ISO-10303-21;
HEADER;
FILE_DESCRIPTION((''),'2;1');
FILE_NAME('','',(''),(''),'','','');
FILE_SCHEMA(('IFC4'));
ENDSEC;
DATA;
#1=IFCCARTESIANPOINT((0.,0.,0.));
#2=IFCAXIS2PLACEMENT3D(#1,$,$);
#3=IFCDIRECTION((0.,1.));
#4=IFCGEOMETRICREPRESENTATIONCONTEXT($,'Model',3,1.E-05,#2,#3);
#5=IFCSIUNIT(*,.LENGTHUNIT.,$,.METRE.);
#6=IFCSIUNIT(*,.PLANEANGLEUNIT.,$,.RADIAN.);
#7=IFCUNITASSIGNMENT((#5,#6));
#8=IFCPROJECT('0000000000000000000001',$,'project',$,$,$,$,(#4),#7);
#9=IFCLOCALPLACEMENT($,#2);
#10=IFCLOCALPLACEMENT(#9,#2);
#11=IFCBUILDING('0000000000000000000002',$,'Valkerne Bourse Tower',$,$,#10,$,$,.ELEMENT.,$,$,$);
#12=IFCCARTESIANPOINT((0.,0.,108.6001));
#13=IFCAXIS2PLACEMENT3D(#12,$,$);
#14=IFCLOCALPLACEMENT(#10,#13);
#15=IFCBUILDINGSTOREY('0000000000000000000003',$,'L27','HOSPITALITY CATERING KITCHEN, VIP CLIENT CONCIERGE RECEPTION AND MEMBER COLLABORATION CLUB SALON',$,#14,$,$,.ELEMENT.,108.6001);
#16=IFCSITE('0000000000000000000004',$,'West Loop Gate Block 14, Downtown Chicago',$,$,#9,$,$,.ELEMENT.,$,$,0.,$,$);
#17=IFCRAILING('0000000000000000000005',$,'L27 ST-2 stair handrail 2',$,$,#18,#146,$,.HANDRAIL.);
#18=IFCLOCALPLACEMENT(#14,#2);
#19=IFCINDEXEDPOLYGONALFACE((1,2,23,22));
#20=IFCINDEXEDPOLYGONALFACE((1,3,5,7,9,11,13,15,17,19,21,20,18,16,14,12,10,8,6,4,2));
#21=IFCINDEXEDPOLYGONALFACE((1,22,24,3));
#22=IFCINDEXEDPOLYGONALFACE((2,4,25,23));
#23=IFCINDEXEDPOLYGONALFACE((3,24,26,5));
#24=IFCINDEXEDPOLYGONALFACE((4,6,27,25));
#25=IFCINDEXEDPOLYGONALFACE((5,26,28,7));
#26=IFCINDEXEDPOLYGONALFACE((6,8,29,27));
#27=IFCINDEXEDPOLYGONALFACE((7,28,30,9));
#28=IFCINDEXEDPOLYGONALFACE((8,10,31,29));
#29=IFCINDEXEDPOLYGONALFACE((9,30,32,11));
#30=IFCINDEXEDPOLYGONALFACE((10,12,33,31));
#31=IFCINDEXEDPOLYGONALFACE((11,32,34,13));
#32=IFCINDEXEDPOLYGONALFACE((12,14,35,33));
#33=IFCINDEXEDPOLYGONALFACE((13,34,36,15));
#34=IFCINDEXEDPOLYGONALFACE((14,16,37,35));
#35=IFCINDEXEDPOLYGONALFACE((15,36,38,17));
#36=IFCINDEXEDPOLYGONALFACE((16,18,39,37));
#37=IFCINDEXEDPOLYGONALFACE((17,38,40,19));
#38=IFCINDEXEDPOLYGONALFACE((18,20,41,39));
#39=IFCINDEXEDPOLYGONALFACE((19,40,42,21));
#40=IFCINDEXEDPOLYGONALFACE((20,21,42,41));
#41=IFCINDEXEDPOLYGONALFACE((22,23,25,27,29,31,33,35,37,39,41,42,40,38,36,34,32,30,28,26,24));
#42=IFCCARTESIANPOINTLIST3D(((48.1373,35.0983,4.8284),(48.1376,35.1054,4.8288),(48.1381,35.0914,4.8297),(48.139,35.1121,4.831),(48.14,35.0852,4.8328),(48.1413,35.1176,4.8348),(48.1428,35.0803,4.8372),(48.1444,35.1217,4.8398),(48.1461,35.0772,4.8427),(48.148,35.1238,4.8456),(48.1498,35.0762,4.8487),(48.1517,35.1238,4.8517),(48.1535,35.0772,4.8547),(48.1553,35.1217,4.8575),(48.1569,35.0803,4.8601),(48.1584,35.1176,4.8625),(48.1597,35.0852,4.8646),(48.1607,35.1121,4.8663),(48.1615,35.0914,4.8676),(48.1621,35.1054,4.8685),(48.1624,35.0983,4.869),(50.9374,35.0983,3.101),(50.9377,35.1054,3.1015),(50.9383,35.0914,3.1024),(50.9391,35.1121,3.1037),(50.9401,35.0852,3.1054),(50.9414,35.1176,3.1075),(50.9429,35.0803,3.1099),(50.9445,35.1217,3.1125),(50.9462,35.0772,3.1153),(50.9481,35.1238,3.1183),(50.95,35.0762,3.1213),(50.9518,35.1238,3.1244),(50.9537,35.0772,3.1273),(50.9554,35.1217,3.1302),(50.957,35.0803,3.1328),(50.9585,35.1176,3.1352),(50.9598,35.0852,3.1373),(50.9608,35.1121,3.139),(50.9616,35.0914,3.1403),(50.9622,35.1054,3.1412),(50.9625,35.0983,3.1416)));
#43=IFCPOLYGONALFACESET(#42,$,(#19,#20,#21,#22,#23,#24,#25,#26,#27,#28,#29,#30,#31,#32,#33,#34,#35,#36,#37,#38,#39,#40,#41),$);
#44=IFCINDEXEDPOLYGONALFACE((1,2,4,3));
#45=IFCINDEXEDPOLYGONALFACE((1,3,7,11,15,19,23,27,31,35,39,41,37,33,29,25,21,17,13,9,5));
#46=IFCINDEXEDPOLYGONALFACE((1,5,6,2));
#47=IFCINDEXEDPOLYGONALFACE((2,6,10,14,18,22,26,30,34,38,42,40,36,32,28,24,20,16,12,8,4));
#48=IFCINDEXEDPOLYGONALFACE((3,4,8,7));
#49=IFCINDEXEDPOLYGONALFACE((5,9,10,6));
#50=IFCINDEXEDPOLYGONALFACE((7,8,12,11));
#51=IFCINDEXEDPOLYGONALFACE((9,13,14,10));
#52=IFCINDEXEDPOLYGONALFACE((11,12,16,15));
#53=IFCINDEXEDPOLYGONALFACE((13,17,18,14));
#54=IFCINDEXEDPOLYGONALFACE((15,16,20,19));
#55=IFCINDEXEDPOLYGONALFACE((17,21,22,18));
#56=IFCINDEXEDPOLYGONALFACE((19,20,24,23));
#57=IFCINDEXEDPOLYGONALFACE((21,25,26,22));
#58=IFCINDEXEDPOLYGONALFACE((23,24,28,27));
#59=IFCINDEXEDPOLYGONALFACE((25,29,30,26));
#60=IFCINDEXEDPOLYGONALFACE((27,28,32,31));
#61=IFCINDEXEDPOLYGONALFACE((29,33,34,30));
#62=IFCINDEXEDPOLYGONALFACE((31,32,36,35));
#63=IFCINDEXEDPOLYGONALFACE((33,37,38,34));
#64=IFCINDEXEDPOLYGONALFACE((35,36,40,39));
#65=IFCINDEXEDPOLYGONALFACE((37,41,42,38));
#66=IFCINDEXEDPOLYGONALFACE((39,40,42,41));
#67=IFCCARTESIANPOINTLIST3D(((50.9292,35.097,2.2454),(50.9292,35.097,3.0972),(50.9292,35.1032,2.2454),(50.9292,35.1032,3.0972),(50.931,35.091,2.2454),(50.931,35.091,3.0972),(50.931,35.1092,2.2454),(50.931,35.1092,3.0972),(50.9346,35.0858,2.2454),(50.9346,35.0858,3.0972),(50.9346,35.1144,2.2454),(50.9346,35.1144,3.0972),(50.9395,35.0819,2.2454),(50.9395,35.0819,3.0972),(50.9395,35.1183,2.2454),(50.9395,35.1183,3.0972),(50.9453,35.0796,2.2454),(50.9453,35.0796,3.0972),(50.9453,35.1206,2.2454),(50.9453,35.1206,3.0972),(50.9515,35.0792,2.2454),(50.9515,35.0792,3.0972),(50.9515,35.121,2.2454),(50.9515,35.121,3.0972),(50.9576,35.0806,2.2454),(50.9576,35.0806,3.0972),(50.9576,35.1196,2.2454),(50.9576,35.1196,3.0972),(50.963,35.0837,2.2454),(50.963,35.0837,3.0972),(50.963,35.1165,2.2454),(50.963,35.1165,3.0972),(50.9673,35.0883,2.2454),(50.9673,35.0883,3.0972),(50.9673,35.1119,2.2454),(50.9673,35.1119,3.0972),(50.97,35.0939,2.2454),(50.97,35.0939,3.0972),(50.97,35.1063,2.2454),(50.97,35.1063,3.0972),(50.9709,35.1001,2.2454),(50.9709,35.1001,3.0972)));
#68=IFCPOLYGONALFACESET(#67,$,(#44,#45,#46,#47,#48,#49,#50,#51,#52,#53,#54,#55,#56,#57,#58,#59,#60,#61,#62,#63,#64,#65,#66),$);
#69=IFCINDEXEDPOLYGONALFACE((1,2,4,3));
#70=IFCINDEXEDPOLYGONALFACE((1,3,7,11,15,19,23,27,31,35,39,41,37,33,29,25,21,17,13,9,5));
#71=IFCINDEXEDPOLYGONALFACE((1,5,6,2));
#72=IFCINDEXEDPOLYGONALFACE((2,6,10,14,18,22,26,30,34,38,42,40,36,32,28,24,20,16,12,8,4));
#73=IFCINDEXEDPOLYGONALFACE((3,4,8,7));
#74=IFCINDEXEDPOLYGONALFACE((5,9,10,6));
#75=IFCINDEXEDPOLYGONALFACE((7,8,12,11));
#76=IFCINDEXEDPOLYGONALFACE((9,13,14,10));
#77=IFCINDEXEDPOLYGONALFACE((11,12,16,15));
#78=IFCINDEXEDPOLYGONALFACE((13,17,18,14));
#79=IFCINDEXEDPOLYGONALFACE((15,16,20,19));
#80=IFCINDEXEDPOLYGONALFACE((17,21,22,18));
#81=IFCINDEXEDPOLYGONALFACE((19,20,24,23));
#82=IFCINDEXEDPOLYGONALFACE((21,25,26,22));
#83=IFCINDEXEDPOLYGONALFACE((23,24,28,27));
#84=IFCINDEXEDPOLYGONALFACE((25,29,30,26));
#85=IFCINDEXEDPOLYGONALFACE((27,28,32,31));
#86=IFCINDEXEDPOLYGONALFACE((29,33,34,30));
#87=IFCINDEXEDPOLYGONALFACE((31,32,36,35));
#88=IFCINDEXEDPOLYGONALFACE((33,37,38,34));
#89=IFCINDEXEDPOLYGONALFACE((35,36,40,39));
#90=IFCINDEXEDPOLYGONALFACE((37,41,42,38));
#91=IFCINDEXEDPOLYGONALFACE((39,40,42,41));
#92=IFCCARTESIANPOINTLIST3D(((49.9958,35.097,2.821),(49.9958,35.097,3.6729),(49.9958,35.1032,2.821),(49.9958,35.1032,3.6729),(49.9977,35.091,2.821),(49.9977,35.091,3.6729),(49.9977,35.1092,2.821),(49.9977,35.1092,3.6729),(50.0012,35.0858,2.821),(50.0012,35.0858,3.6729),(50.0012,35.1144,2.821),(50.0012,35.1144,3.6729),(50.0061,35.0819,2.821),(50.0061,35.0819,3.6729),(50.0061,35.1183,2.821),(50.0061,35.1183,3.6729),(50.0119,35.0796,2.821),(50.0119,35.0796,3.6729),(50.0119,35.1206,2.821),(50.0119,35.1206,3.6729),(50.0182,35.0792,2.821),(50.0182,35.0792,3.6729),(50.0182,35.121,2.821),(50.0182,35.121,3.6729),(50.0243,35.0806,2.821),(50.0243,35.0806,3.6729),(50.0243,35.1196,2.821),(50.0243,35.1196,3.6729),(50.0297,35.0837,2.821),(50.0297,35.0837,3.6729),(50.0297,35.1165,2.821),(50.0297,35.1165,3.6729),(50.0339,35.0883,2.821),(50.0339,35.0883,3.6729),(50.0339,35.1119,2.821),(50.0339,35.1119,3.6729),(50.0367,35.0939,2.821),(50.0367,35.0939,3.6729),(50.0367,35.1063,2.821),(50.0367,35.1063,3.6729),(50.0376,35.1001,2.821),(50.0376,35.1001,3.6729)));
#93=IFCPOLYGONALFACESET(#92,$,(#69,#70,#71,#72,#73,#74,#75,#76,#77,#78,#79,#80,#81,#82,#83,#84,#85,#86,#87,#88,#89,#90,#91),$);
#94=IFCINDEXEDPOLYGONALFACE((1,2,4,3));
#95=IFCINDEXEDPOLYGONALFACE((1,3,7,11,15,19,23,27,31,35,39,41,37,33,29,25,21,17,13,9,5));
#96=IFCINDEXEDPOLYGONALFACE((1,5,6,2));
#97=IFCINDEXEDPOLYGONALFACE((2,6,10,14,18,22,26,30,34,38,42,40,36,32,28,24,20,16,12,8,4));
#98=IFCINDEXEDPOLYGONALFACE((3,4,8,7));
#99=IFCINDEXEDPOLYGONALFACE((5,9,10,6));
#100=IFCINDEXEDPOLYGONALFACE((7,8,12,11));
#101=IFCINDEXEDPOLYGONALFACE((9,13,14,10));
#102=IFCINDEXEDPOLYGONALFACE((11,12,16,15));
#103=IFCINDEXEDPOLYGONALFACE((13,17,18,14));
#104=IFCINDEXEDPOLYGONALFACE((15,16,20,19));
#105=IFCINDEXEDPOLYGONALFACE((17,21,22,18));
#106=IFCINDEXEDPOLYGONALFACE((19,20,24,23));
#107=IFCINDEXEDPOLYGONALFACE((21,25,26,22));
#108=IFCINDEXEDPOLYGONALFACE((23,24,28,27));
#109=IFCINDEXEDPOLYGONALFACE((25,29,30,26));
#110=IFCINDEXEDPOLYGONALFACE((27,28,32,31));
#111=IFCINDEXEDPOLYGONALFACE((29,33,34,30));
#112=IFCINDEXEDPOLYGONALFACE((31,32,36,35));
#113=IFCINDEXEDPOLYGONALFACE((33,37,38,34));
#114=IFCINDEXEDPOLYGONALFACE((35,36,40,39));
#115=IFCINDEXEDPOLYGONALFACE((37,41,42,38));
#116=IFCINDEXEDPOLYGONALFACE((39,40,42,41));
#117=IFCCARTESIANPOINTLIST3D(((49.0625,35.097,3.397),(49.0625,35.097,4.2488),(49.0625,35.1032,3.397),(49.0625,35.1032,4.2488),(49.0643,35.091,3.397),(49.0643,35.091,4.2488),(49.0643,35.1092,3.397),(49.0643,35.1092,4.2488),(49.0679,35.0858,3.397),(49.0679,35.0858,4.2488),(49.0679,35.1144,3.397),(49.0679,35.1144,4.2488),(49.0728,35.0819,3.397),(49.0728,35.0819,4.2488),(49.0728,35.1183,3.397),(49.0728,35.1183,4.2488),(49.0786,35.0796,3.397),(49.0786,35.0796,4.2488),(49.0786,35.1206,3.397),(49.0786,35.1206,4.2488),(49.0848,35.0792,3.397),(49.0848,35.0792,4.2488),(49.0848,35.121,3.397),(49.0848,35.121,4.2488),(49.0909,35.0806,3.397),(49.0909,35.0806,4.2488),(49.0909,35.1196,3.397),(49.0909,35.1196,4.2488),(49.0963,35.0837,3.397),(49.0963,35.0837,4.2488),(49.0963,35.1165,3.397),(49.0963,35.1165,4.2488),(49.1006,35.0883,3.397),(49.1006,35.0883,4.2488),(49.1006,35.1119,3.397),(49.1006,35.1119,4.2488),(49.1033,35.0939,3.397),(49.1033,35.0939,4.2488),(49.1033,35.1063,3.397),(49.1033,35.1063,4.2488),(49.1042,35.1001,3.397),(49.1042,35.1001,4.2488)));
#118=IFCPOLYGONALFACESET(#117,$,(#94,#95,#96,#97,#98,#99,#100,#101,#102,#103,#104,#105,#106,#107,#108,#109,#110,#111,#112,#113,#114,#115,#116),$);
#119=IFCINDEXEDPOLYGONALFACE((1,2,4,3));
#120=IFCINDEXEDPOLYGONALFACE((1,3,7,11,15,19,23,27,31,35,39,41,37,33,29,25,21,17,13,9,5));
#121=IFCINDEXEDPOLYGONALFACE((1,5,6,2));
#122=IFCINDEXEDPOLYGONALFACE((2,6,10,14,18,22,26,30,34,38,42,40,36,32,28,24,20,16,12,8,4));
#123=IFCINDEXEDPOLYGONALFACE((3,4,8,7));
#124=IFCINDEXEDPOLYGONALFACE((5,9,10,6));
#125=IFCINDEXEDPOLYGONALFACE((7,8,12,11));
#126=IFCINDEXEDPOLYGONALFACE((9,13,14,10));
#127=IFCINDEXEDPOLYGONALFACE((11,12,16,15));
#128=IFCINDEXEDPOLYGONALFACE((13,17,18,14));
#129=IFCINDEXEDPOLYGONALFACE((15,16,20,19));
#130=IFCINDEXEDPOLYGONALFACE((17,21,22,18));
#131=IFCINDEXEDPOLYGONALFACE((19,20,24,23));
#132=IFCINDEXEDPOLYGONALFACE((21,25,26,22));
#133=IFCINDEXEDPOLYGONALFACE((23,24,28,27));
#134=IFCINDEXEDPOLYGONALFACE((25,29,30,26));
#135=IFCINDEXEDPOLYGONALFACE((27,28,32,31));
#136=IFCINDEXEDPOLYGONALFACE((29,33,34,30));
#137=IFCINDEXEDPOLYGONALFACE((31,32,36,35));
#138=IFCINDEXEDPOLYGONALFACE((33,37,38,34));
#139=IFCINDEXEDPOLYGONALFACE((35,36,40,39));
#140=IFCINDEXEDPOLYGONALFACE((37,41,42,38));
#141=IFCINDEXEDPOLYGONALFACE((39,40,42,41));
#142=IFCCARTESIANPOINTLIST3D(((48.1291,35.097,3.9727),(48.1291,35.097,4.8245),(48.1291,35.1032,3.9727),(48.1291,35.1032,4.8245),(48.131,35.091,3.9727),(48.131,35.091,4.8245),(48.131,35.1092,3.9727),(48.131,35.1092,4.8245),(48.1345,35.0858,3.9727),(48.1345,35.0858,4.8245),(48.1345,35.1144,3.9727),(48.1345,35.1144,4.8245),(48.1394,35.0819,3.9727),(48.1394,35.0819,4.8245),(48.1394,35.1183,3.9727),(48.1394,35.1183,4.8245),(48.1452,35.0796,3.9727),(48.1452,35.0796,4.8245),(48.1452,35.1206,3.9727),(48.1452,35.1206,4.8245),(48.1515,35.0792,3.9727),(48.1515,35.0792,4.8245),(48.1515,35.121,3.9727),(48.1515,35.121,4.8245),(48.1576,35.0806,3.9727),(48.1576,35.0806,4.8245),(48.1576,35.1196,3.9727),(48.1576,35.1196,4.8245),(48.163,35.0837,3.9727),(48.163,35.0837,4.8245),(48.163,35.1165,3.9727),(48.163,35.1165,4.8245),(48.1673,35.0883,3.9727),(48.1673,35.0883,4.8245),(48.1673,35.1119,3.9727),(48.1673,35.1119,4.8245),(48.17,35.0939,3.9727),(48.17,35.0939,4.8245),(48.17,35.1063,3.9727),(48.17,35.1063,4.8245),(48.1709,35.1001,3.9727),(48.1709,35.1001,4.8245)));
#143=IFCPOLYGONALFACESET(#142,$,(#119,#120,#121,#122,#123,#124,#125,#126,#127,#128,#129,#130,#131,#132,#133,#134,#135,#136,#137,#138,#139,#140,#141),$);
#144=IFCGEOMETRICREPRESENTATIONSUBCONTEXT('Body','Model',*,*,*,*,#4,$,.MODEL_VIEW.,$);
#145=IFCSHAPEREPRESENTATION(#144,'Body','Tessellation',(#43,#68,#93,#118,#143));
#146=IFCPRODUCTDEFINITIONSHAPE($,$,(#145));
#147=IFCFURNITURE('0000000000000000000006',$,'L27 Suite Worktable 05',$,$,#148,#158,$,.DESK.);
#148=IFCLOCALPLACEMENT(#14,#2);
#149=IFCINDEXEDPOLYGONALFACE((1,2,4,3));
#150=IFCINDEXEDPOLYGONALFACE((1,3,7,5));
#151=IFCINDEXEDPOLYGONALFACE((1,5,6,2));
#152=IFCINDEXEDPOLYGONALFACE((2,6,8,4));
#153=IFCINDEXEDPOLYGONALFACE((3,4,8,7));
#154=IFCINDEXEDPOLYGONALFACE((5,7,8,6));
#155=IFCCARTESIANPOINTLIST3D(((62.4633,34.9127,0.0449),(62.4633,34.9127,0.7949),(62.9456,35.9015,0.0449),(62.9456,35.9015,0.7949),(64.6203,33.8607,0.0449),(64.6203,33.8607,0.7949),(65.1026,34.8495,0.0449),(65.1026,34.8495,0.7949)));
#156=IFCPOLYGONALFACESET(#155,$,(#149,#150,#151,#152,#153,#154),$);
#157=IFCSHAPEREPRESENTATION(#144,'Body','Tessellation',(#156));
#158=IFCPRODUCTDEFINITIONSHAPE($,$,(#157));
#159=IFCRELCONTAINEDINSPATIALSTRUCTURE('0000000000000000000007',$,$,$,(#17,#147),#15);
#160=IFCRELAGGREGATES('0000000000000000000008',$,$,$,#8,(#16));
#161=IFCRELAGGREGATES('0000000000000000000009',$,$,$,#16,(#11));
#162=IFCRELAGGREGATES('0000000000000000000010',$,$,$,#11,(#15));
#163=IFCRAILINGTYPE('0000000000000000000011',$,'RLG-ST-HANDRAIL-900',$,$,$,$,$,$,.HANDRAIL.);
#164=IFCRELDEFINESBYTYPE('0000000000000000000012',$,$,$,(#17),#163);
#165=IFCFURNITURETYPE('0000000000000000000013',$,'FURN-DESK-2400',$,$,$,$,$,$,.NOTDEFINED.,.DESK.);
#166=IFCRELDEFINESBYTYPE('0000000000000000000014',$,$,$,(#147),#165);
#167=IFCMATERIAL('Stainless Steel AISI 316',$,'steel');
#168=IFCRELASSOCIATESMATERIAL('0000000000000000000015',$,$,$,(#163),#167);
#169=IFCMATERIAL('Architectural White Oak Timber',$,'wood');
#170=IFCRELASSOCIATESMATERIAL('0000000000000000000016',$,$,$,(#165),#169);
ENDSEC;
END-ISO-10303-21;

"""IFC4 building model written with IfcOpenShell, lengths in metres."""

from ifc_helpers import new_model, si_unit, direction, frame, origin, origin_2d, place, context, subcontext, project, spatial, rectangle, circle, extrude, material, type_object, element, save


model = new_model("IFC4")

# Units and contexts
model_context = context("Model", 3, precision=1e-05, world=origin(), true_north=direction((0.0, 1.0)))
body_context = subcontext(model_context, "Body", "Model", "MODEL_VIEW")
ifc_project = project(units=[si_unit("LENGTHUNIT", "METRE"), si_unit("PLANEANGLEUNIT", "RADIAN")], contexts=[model_context])

# Site, building, storey
site_placement = place(None, origin())
site = spatial("IfcSite", under=ifc_project, at=site_placement, Name="West Loop Gate Block 14, Downtown Chicago", CompositionType="ELEMENT", RefElevation=0.0)
building_placement = place(site_placement, origin())
building = spatial("IfcBuilding", under=site, at=building_placement, Name="Valkerne Bourse Tower", CompositionType="ELEMENT")
storey_placement = place(building_placement, frame((0.0, 0.0, 108.6001)))
storey = spatial("IfcBuildingStorey", under=building, at=storey_placement, Name="L27", Description="HOSPITALITY CATERING KITCHEN, VIP CLIENT CONCIERGE RECEPTION AND MEMBER COLLABORATION CLUB SALON", CompositionType="ELEMENT", Elevation=108.6001)

# Shared definitions
ifc_material_1 = material(Name="Architectural White Oak Timber", Category="wood")

# Railing
ifc_material_2 = material(Name="Stainless Steel AISI 316", Category="steel")
railing_type_1 = type_object("IfcRailingType", Name="RLG-ST-HANDRAIL-900", PredefinedType="HANDRAIL", material=ifc_material_2)
railing_1_placement = place(storey_placement, frame((50.95, 35.1001, 2.2454)))
element("IfcRailing", 1, at=railing_1_placement, inside=storey, type_object=railing_type_1, Name="L27 ST-2 stair handrail 2", PredefinedType="HANDRAIL", context=body_context, shape_type="SweptSolid", body=[
    extrude(circle(Radius=0.0239, at=origin_2d()), frame((0.0, 0.0, 0.876), z_axis=(-0.85109, 0.0, 0.52502), x_axis=(0.0, -1.0, 0.0)), (0.0, 0.0, 1.0), 3.29),
    extrude(circle(Radius=0.021, at=origin_2d()), origin(), (0.0, 0.0, 1.0), 0.8518),
    extrude(circle(Radius=0.021, at=origin_2d()), frame((-0.9333, 0.0, 0.5757)), (0.0, 0.0, 1.0), 0.8518),
    extrude(circle(Radius=0.021, at=origin_2d()), frame((-1.8667, 0.0, 1.1516)), (0.0, 0.0, 1.0), 0.8518),
    extrude(circle(Radius=0.021, at=origin_2d()), frame((-2.8, 0.0, 1.7273)), (0.0, 0.0, 1.0), 0.8518),
])

# Furniture
furniture_type = type_object("IfcFurnitureType", Name="FURN-DESK-2400", AssemblyPlace="NOTDEFINED", PredefinedType="DESK", material=ifc_material_1)
furniture_placement = place(storey_placement, frame((63.783, 34.8811, 0.0449), z_axis=(0.0, 0.0, 1.0), x_axis=(-0.898794, 0.438371, 0.0)))
element("IfcFurniture", 2, at=furniture_placement, inside=storey, type_object=furniture_type, Name="L27 Suite Worktable 05", PredefinedType="DESK", context=body_context, shape_type="SweptSolid", body=[
    extrude(rectangle(XDim=2.3999, YDim=1.1001, at=origin_2d()), origin(), (0.0, 0.0, 1.0), 0.75),
])

save(model, "model.ifc")
